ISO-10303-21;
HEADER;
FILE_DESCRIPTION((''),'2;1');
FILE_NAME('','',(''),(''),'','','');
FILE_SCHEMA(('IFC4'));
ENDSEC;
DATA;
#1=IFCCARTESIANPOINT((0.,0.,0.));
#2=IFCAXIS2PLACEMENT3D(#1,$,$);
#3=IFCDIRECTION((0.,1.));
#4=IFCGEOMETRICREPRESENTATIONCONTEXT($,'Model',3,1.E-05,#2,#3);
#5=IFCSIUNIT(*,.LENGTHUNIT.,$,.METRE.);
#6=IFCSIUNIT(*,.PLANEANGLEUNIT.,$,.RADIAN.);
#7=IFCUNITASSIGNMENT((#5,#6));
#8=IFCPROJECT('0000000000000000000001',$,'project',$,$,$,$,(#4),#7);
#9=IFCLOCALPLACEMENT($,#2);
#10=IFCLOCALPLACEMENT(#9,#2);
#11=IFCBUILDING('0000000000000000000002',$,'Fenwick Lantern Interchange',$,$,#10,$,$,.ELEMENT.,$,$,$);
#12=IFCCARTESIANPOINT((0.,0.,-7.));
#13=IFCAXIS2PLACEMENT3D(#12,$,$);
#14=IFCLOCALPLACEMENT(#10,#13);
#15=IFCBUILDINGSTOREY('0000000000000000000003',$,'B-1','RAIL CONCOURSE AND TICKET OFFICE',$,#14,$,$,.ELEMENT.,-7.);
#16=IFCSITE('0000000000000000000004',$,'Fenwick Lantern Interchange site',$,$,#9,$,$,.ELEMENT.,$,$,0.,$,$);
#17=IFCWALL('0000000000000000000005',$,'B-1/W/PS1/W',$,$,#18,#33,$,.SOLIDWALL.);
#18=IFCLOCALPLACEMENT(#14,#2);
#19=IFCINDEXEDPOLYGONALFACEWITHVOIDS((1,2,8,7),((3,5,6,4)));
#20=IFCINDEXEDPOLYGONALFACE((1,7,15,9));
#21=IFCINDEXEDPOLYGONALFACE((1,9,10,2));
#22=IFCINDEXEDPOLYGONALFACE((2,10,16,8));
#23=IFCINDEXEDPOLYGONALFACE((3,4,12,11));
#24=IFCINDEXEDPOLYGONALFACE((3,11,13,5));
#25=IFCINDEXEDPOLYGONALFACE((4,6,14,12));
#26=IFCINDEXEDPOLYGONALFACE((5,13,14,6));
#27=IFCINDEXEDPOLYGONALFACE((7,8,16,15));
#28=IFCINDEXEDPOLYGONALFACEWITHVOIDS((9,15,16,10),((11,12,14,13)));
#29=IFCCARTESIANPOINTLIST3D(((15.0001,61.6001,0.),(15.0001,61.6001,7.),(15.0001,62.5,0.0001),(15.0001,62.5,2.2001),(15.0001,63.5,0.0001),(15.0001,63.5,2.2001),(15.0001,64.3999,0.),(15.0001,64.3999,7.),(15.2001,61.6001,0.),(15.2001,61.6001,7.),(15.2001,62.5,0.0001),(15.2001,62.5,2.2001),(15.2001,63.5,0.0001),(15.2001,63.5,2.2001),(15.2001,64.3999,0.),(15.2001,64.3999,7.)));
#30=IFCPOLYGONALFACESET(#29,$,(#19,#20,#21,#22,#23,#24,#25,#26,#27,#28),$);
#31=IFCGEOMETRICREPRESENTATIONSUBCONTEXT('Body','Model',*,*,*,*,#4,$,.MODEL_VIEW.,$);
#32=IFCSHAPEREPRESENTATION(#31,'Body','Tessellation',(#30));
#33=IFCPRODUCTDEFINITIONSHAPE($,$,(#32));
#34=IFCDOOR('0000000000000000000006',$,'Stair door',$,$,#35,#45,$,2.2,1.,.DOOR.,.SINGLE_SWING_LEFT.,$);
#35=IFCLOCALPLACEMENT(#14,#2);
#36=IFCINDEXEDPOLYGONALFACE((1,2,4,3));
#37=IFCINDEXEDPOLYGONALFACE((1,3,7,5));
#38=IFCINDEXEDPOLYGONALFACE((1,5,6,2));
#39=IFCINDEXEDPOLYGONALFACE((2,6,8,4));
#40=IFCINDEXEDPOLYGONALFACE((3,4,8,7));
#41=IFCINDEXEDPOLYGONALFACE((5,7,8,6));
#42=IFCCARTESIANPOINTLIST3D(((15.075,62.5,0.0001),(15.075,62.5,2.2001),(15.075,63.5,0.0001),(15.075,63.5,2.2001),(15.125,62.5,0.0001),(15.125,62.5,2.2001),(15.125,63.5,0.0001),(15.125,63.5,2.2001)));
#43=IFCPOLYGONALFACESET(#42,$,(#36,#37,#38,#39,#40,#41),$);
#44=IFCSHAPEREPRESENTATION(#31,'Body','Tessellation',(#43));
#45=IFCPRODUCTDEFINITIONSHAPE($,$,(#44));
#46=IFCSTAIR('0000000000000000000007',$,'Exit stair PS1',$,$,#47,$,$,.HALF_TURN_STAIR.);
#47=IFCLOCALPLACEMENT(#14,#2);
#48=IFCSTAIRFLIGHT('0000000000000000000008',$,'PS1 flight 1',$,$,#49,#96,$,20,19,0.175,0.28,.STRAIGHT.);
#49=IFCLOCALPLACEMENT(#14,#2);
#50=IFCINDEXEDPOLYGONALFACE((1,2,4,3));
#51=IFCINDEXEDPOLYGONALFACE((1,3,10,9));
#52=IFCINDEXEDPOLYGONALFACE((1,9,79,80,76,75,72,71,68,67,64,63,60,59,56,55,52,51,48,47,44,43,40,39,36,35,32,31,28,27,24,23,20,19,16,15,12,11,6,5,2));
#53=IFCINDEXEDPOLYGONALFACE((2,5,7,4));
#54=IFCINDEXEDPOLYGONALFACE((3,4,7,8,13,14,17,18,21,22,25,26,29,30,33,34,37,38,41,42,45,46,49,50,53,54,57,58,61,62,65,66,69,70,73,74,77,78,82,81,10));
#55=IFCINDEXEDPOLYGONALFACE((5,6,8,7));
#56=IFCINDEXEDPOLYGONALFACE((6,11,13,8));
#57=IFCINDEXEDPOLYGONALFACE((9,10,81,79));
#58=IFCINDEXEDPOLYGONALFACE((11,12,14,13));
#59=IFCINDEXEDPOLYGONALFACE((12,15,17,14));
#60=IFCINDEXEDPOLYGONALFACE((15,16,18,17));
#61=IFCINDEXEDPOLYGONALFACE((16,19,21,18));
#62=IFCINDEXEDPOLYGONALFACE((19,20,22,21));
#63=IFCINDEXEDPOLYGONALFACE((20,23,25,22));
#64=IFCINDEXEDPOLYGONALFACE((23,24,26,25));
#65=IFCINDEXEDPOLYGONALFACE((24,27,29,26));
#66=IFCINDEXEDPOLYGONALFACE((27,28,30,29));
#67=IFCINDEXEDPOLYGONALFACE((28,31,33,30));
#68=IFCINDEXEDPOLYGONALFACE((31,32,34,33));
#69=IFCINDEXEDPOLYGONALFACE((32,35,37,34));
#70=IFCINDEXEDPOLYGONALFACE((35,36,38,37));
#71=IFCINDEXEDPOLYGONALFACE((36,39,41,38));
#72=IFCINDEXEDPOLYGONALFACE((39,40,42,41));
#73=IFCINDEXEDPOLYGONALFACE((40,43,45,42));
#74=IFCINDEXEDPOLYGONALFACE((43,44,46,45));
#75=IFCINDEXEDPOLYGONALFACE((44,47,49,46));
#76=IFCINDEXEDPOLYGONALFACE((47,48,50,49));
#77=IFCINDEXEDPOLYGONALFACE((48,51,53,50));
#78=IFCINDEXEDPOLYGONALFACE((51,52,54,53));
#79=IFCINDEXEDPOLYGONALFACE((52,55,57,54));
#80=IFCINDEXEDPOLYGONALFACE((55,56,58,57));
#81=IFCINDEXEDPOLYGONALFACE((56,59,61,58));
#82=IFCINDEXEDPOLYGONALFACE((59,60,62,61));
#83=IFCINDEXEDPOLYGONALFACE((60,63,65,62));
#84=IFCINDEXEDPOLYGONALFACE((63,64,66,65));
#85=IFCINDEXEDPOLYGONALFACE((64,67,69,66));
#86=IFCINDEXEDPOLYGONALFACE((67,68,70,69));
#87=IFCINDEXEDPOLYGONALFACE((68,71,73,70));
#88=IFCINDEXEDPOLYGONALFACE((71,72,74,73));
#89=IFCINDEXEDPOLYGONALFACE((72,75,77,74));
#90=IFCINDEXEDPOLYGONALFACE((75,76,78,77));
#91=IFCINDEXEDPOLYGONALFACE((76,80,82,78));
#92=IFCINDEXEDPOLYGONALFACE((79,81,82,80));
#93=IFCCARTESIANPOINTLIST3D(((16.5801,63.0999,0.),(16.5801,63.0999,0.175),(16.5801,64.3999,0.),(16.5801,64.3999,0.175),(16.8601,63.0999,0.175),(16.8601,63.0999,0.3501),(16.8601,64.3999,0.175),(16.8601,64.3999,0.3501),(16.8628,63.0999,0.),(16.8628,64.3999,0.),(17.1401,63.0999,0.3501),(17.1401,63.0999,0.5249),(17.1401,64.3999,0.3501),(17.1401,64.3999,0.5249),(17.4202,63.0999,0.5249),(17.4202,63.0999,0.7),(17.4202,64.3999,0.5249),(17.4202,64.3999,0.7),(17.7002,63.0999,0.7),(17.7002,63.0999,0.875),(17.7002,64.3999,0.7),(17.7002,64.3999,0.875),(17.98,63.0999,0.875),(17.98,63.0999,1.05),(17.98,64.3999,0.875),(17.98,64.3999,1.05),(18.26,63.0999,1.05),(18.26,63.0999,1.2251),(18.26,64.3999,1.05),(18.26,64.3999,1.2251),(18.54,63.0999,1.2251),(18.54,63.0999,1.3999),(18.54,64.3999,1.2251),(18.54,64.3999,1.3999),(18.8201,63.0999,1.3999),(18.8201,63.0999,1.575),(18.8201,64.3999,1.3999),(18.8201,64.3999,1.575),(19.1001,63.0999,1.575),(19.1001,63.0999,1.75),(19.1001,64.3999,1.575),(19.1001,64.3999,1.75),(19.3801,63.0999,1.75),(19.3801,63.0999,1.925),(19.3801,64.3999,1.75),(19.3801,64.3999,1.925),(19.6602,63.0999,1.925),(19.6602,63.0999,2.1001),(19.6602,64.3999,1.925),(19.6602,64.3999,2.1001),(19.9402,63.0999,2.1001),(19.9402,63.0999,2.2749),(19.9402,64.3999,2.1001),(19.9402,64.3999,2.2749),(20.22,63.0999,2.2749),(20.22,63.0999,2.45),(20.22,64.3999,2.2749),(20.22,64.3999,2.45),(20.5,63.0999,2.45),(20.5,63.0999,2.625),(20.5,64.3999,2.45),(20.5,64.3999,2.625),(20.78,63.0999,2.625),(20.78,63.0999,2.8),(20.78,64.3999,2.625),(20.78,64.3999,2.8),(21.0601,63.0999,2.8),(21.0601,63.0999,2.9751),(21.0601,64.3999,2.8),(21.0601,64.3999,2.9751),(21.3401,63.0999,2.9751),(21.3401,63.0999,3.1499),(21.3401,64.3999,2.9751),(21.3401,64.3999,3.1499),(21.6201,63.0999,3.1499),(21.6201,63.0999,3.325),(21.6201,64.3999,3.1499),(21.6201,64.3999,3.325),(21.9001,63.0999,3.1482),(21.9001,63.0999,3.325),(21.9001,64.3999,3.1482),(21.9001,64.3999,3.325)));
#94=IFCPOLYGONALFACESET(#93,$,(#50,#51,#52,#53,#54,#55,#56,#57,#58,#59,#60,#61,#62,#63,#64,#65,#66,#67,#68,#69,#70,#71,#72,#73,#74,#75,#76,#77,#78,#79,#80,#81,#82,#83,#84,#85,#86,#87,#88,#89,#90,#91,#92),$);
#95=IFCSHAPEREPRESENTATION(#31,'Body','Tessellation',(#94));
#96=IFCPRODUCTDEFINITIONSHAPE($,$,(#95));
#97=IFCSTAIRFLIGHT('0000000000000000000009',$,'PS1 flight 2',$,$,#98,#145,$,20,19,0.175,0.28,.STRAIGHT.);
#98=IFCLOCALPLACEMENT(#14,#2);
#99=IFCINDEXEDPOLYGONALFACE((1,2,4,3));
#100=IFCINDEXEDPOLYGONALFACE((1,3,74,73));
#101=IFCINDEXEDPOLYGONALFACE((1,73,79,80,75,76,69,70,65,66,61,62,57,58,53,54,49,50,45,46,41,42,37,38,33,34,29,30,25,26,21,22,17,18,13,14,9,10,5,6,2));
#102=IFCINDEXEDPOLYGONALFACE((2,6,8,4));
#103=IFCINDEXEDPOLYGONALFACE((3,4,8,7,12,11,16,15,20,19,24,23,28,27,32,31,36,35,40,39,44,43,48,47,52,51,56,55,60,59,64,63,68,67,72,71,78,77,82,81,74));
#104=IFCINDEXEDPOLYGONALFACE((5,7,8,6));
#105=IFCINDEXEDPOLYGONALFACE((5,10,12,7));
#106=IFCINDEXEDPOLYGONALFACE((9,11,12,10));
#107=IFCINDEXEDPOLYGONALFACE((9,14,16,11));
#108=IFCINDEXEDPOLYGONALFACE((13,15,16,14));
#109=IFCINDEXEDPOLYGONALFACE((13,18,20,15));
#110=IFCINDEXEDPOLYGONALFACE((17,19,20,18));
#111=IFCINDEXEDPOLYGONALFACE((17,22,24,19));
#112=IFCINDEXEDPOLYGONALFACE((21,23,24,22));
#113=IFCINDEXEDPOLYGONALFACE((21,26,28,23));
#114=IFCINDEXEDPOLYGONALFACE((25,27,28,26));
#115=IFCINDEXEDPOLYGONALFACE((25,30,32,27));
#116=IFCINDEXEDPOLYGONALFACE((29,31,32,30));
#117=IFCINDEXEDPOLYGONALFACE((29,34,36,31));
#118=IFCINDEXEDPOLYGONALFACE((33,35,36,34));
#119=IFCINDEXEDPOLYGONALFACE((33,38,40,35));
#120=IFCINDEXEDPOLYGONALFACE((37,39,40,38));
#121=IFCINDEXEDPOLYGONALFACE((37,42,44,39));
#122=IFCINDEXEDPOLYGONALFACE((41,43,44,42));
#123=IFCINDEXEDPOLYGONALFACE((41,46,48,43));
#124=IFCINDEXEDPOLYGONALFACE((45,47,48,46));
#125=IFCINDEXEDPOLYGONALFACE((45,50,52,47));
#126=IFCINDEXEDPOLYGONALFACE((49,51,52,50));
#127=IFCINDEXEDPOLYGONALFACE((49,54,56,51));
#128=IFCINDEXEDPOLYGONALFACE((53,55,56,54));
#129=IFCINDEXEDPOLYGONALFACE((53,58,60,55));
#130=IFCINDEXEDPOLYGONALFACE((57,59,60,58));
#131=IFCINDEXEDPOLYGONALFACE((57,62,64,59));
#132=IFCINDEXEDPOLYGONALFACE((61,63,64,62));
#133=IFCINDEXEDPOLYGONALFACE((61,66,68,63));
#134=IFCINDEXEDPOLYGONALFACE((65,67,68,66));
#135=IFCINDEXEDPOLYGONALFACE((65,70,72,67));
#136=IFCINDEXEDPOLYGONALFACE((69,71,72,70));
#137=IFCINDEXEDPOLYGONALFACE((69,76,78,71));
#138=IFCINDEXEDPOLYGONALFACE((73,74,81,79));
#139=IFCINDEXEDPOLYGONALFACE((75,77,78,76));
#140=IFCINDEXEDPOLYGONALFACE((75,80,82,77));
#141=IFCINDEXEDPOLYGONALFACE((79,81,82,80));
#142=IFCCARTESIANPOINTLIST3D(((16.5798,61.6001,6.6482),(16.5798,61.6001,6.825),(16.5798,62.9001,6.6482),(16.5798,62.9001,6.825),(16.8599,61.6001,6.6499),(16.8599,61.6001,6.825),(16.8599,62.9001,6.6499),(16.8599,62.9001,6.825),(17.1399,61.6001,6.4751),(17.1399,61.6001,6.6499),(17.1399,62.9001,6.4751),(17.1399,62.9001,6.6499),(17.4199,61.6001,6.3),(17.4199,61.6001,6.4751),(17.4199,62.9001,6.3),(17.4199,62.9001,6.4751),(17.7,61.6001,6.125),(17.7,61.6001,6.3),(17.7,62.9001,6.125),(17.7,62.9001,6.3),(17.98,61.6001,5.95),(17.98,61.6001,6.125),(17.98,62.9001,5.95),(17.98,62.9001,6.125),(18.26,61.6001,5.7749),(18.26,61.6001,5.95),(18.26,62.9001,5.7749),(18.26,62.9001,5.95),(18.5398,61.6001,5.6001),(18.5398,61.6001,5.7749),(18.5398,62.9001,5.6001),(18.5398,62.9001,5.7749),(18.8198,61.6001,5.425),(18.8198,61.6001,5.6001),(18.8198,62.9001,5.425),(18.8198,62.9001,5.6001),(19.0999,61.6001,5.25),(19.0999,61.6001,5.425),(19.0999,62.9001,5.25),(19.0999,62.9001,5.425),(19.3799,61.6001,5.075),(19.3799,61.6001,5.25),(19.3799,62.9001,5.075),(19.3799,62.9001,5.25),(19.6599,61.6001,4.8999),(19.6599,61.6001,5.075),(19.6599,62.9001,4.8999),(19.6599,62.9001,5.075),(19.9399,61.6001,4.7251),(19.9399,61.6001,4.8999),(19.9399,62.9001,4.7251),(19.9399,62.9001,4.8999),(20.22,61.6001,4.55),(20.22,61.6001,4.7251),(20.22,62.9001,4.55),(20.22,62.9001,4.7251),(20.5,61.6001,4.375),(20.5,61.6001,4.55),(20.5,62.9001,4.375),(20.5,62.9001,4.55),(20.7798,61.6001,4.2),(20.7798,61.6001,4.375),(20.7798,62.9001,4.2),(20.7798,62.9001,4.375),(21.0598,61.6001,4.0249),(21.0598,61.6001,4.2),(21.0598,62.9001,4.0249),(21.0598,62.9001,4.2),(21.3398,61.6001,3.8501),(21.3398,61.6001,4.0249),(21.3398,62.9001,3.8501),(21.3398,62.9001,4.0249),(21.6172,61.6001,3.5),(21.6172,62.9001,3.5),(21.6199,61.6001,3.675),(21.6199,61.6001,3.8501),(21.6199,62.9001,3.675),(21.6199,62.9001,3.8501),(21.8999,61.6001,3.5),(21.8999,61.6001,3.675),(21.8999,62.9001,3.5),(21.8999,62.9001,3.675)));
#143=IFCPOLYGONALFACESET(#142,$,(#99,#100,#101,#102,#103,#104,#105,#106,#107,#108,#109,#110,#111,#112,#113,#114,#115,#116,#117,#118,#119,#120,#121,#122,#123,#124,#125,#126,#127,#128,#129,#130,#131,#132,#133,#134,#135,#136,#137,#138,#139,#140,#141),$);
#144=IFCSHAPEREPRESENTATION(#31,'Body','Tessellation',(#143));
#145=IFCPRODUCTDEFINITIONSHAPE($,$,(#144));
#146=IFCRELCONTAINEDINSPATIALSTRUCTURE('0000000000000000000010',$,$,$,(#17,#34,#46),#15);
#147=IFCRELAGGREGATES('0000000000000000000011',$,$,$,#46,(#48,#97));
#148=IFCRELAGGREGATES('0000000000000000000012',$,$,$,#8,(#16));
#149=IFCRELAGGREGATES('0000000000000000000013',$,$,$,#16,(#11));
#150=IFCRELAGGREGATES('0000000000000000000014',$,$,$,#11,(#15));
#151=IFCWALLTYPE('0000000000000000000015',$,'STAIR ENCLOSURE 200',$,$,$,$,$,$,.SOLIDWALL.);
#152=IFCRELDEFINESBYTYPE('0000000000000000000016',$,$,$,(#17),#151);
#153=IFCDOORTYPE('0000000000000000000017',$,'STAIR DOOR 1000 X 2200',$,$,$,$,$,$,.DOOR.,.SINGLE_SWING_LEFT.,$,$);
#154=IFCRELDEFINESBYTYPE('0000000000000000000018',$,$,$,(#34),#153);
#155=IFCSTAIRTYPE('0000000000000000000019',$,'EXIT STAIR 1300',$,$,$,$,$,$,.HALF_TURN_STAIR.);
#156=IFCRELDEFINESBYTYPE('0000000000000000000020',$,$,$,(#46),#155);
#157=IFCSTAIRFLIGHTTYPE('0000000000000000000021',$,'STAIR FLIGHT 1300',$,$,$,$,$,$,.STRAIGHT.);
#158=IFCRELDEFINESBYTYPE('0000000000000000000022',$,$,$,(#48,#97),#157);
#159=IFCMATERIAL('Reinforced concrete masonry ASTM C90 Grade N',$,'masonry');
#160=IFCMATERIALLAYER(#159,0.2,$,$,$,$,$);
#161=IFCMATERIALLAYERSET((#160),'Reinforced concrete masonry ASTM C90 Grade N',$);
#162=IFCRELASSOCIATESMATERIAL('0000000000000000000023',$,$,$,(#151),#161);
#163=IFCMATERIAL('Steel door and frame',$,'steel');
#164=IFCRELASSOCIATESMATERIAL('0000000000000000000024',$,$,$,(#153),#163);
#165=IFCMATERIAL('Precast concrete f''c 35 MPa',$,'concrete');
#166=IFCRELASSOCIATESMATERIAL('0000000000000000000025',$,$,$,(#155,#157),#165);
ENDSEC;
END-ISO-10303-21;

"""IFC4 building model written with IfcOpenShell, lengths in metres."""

from ifc_helpers import new_model, si_unit, direction, frame, frame_2d, origin, place, context, subcontext, project, spatial, polyline, rectangle, outline, extrude, material, layer, layer_set, type_object, element, fill, aggregate, save


model = new_model("IFC4")

# Units and contexts
model_context = context("Model", 3, precision=1e-05, world=origin(), true_north=direction((0.0, 1.0)))
body_context = subcontext(model_context, "Body", "Model", "MODEL_VIEW")
ifc_project = project(units=[si_unit("LENGTHUNIT", "METRE"), si_unit("PLANEANGLEUNIT", "RADIAN")], contexts=[model_context])

# Site, building, storey
site_placement = place(None, origin())
site = spatial("IfcSite", under=ifc_project, at=site_placement, Name="Fenwick Lantern Interchange site", CompositionType="ELEMENT", RefElevation=0.0)
building_placement = place(site_placement, origin())
building = spatial("IfcBuilding", under=site, at=building_placement, Name="Fenwick Lantern Interchange", CompositionType="ELEMENT")
storey_placement = place(building_placement, frame((0.0, 0.0, -7.0)))
storey = spatial("IfcBuildingStorey", under=building, at=storey_placement, Name="B-1", Description="RAIL CONCOURSE AND TICKET OFFICE", CompositionType="ELEMENT", Elevation=-7.0)

# Shared definitions
ifc_material_1 = material(Name="Reinforced concrete masonry ASTM C90 Grade N", Category="masonry")
ifc_layer = layer(ifc_material_1, 0.2)
ifc_layer_set = layer_set([ifc_layer], Name="Reinforced concrete masonry ASTM C90 Grade N")
wall_type = type_object("IfcWallType", Name="STAIR ENCLOSURE 200", PredefinedType="SOLIDWALL", material=ifc_layer_set)

# Wall, opening, door
wall_1_placement = place(storey_placement, frame((15.1001, 64.3999, 0.0), z_axis=(0.0, 0.0, 1.0), x_axis=(0.0, -1.0, 0.0)))
wall_1 = element("IfcWall", 1, at=wall_1_placement, inside=storey, type_object=wall_type, Name="B-1/W/PS1/W", PredefinedType="SOLIDWALL", context=body_context, shape_type="SweptSolid", body=[
    extrude(rectangle(XDim=2.7998, YDim=0.2, at=frame_2d((1.3999, 0.0))), origin(), (0.0, 0.0, 1.0), 7.0),
])
opening_placement = place(wall_1_placement, frame((0.8999, 0.0, 0.0)))
opening = element("IfcOpeningElement", 2, at=opening_placement, cuts=wall_1, PredefinedType="OPENING", context=body_context, shape_type="SweptSolid", body=[
    extrude(rectangle(XDim=1.0, YDim=2.2, at=frame_2d((0.5, 1.1001))), frame((0.0, 0.1099, 0.0), z_axis=(0.0, -1.0, 0.0), x_axis=(1.0, 0.0, 0.0)), (0.0, 0.0, 1.0), 0.22),
])
ifc_material_2 = material(Name="Steel door and frame", Category="steel")
door_type = type_object("IfcDoorType", Name="STAIR DOOR 1000 X 2200", OperationType="SINGLE_SWING_LEFT", PredefinedType="DOOR", material=ifc_material_2)
door_placement = place(opening_placement, origin())
door = element("IfcDoor", 3, at=door_placement, inside=storey, type_object=door_type, Name="Stair door", OperationType="SINGLE_SWING_LEFT", OverallHeight=2.2, OverallWidth=1.0, PredefinedType="DOOR", context=body_context, shape_type="SweptSolid", body=[
    extrude(rectangle(XDim=1.0, YDim=2.2, at=frame_2d((0.5, 1.1001))), frame((0.0, 0.0249, 0.0), z_axis=(0.0, -1.0, 0.0), x_axis=(1.0, 0.0, 0.0)), (0.0, 0.0, 1.0), 0.05),
])
fill(opening, door)

# Stair, stair flights
ifc_material_3 = material(Name="Precast concrete f'c 35 MPa", Category="concrete")
stair_type = type_object("IfcStairType", Name="EXIT STAIR 1300", PredefinedType="HALF_TURN_STAIR", material=ifc_material_3)
stair_placement = place(storey_placement, origin())
stair = element("IfcStair", 4, at=stair_placement, inside=storey, type_object=stair_type, Name="Exit stair PS1", PredefinedType="HALF_TURN_STAIR")
stair_flight_type = type_object("IfcStairFlightType", Name="STAIR FLIGHT 1300", PredefinedType="STRAIGHT", material=ifc_material_3)
stair_flight_1_placement = place(storey_placement, frame((16.5801, 63.75, 0.0), z_axis=(0.0, 0.0, 1.0), x_axis=(1.0, 0.0, 0.0)))
stair_flight_1 = element("IfcStairFlight", 5, at=stair_flight_1_placement, type_object=stair_flight_type, Name="PS1 flight 1", NumberOfRisers=20, NumberOfTreads=19, PredefinedType="STRAIGHT", RiserHeight=0.175, TreadLength=0.28, context=body_context, shape_type="SweptSolid", body=[
    extrude(outline(polyline([(0.0, 0.0), (0.0, 0.175), (0.28, 0.175), (0.28, 0.3501), (0.5601, 0.3501), (0.5601, 0.5249), (0.8401, 0.5249), (0.8401, 0.7), (1.1201, 0.7), (1.1201, 0.875), (1.3999, 0.875), (1.3999, 1.05), (1.6799, 1.05), (1.6799, 1.2251), (1.96, 1.2251), (1.96, 1.3999), (2.24, 1.3999), (2.24, 1.575), (2.52, 1.575), (2.52, 1.75), (2.8, 1.75), (2.8, 1.925), (3.0801, 1.925), (3.0801, 2.1001), (3.3601, 2.1001), (3.3601, 2.2749), (3.6399, 2.2749), (3.6399, 2.45), (3.9199, 2.45), (3.9199, 2.625), (4.2, 2.625), (4.2, 2.8), (4.48, 2.8), (4.48, 2.9751), (4.76, 2.9751), (4.76, 3.1499), (5.04, 3.1499), (5.04, 3.325), (5.3201, 3.325), (5.3201, 3.5), (5.3201, 3.1482), (0.2827, 0.0), (0.0, 0.0)])), frame((0.0, 0.6499, 0.0), z_axis=(0.0, -1.0, 0.0), x_axis=(1.0, 0.0, 0.0)), (0.0, 0.0, 1.0), 1.3),
])
stair_flight_2_placement = place(storey_placement, frame((21.8999, 62.25, 3.5), z_axis=(0.0, 0.0, 1.0), x_axis=(-1.0, 0.0, 0.0)))
stair_flight_2 = element("IfcStairFlight", 6, at=stair_flight_2_placement, type_object=stair_flight_type, Name="PS1 flight 2", NumberOfRisers=20, NumberOfTreads=19, PredefinedType="STRAIGHT", RiserHeight=0.175, TreadLength=0.28, context=body_context, shape_type="SweptSolid", body=[
    extrude(outline(polyline([(0.0, 0.0), (0.0, 0.175), (0.28, 0.175), (0.28, 0.3501), (0.5601, 0.3501), (0.5601, 0.5249), (0.8401, 0.5249), (0.8401, 0.7), (1.1201, 0.7), (1.1201, 0.875), (1.3999, 0.875), (1.3999, 1.05), (1.6799, 1.05), (1.6799, 1.2251), (1.96, 1.2251), (1.96, 1.3999), (2.24, 1.3999), (2.24, 1.575), (2.52, 1.575), (2.52, 1.75), (2.8, 1.75), (2.8, 1.925), (3.0801, 1.925), (3.0801, 2.1001), (3.3601, 2.1001), (3.3601, 2.2749), (3.6399, 2.2749), (3.6399, 2.45), (3.9199, 2.45), (3.9199, 2.625), (4.2, 2.625), (4.2, 2.8), (4.48, 2.8), (4.48, 2.9751), (4.76, 2.9751), (4.76, 3.1499), (5.04, 3.1499), (5.04, 3.325), (5.3201, 3.325), (5.3201, 3.5), (5.3201, 3.1482), (0.2827, 0.0), (0.0, 0.0)])), frame((0.0, 0.6499, 0.0), z_axis=(0.0, -1.0, 0.0), x_axis=(1.0, 0.0, 0.0)), (0.0, 0.0, 1.0), 1.3),
])
aggregate(stair, [stair_flight_1, stair_flight_2])

save(model, "model.ifc")
